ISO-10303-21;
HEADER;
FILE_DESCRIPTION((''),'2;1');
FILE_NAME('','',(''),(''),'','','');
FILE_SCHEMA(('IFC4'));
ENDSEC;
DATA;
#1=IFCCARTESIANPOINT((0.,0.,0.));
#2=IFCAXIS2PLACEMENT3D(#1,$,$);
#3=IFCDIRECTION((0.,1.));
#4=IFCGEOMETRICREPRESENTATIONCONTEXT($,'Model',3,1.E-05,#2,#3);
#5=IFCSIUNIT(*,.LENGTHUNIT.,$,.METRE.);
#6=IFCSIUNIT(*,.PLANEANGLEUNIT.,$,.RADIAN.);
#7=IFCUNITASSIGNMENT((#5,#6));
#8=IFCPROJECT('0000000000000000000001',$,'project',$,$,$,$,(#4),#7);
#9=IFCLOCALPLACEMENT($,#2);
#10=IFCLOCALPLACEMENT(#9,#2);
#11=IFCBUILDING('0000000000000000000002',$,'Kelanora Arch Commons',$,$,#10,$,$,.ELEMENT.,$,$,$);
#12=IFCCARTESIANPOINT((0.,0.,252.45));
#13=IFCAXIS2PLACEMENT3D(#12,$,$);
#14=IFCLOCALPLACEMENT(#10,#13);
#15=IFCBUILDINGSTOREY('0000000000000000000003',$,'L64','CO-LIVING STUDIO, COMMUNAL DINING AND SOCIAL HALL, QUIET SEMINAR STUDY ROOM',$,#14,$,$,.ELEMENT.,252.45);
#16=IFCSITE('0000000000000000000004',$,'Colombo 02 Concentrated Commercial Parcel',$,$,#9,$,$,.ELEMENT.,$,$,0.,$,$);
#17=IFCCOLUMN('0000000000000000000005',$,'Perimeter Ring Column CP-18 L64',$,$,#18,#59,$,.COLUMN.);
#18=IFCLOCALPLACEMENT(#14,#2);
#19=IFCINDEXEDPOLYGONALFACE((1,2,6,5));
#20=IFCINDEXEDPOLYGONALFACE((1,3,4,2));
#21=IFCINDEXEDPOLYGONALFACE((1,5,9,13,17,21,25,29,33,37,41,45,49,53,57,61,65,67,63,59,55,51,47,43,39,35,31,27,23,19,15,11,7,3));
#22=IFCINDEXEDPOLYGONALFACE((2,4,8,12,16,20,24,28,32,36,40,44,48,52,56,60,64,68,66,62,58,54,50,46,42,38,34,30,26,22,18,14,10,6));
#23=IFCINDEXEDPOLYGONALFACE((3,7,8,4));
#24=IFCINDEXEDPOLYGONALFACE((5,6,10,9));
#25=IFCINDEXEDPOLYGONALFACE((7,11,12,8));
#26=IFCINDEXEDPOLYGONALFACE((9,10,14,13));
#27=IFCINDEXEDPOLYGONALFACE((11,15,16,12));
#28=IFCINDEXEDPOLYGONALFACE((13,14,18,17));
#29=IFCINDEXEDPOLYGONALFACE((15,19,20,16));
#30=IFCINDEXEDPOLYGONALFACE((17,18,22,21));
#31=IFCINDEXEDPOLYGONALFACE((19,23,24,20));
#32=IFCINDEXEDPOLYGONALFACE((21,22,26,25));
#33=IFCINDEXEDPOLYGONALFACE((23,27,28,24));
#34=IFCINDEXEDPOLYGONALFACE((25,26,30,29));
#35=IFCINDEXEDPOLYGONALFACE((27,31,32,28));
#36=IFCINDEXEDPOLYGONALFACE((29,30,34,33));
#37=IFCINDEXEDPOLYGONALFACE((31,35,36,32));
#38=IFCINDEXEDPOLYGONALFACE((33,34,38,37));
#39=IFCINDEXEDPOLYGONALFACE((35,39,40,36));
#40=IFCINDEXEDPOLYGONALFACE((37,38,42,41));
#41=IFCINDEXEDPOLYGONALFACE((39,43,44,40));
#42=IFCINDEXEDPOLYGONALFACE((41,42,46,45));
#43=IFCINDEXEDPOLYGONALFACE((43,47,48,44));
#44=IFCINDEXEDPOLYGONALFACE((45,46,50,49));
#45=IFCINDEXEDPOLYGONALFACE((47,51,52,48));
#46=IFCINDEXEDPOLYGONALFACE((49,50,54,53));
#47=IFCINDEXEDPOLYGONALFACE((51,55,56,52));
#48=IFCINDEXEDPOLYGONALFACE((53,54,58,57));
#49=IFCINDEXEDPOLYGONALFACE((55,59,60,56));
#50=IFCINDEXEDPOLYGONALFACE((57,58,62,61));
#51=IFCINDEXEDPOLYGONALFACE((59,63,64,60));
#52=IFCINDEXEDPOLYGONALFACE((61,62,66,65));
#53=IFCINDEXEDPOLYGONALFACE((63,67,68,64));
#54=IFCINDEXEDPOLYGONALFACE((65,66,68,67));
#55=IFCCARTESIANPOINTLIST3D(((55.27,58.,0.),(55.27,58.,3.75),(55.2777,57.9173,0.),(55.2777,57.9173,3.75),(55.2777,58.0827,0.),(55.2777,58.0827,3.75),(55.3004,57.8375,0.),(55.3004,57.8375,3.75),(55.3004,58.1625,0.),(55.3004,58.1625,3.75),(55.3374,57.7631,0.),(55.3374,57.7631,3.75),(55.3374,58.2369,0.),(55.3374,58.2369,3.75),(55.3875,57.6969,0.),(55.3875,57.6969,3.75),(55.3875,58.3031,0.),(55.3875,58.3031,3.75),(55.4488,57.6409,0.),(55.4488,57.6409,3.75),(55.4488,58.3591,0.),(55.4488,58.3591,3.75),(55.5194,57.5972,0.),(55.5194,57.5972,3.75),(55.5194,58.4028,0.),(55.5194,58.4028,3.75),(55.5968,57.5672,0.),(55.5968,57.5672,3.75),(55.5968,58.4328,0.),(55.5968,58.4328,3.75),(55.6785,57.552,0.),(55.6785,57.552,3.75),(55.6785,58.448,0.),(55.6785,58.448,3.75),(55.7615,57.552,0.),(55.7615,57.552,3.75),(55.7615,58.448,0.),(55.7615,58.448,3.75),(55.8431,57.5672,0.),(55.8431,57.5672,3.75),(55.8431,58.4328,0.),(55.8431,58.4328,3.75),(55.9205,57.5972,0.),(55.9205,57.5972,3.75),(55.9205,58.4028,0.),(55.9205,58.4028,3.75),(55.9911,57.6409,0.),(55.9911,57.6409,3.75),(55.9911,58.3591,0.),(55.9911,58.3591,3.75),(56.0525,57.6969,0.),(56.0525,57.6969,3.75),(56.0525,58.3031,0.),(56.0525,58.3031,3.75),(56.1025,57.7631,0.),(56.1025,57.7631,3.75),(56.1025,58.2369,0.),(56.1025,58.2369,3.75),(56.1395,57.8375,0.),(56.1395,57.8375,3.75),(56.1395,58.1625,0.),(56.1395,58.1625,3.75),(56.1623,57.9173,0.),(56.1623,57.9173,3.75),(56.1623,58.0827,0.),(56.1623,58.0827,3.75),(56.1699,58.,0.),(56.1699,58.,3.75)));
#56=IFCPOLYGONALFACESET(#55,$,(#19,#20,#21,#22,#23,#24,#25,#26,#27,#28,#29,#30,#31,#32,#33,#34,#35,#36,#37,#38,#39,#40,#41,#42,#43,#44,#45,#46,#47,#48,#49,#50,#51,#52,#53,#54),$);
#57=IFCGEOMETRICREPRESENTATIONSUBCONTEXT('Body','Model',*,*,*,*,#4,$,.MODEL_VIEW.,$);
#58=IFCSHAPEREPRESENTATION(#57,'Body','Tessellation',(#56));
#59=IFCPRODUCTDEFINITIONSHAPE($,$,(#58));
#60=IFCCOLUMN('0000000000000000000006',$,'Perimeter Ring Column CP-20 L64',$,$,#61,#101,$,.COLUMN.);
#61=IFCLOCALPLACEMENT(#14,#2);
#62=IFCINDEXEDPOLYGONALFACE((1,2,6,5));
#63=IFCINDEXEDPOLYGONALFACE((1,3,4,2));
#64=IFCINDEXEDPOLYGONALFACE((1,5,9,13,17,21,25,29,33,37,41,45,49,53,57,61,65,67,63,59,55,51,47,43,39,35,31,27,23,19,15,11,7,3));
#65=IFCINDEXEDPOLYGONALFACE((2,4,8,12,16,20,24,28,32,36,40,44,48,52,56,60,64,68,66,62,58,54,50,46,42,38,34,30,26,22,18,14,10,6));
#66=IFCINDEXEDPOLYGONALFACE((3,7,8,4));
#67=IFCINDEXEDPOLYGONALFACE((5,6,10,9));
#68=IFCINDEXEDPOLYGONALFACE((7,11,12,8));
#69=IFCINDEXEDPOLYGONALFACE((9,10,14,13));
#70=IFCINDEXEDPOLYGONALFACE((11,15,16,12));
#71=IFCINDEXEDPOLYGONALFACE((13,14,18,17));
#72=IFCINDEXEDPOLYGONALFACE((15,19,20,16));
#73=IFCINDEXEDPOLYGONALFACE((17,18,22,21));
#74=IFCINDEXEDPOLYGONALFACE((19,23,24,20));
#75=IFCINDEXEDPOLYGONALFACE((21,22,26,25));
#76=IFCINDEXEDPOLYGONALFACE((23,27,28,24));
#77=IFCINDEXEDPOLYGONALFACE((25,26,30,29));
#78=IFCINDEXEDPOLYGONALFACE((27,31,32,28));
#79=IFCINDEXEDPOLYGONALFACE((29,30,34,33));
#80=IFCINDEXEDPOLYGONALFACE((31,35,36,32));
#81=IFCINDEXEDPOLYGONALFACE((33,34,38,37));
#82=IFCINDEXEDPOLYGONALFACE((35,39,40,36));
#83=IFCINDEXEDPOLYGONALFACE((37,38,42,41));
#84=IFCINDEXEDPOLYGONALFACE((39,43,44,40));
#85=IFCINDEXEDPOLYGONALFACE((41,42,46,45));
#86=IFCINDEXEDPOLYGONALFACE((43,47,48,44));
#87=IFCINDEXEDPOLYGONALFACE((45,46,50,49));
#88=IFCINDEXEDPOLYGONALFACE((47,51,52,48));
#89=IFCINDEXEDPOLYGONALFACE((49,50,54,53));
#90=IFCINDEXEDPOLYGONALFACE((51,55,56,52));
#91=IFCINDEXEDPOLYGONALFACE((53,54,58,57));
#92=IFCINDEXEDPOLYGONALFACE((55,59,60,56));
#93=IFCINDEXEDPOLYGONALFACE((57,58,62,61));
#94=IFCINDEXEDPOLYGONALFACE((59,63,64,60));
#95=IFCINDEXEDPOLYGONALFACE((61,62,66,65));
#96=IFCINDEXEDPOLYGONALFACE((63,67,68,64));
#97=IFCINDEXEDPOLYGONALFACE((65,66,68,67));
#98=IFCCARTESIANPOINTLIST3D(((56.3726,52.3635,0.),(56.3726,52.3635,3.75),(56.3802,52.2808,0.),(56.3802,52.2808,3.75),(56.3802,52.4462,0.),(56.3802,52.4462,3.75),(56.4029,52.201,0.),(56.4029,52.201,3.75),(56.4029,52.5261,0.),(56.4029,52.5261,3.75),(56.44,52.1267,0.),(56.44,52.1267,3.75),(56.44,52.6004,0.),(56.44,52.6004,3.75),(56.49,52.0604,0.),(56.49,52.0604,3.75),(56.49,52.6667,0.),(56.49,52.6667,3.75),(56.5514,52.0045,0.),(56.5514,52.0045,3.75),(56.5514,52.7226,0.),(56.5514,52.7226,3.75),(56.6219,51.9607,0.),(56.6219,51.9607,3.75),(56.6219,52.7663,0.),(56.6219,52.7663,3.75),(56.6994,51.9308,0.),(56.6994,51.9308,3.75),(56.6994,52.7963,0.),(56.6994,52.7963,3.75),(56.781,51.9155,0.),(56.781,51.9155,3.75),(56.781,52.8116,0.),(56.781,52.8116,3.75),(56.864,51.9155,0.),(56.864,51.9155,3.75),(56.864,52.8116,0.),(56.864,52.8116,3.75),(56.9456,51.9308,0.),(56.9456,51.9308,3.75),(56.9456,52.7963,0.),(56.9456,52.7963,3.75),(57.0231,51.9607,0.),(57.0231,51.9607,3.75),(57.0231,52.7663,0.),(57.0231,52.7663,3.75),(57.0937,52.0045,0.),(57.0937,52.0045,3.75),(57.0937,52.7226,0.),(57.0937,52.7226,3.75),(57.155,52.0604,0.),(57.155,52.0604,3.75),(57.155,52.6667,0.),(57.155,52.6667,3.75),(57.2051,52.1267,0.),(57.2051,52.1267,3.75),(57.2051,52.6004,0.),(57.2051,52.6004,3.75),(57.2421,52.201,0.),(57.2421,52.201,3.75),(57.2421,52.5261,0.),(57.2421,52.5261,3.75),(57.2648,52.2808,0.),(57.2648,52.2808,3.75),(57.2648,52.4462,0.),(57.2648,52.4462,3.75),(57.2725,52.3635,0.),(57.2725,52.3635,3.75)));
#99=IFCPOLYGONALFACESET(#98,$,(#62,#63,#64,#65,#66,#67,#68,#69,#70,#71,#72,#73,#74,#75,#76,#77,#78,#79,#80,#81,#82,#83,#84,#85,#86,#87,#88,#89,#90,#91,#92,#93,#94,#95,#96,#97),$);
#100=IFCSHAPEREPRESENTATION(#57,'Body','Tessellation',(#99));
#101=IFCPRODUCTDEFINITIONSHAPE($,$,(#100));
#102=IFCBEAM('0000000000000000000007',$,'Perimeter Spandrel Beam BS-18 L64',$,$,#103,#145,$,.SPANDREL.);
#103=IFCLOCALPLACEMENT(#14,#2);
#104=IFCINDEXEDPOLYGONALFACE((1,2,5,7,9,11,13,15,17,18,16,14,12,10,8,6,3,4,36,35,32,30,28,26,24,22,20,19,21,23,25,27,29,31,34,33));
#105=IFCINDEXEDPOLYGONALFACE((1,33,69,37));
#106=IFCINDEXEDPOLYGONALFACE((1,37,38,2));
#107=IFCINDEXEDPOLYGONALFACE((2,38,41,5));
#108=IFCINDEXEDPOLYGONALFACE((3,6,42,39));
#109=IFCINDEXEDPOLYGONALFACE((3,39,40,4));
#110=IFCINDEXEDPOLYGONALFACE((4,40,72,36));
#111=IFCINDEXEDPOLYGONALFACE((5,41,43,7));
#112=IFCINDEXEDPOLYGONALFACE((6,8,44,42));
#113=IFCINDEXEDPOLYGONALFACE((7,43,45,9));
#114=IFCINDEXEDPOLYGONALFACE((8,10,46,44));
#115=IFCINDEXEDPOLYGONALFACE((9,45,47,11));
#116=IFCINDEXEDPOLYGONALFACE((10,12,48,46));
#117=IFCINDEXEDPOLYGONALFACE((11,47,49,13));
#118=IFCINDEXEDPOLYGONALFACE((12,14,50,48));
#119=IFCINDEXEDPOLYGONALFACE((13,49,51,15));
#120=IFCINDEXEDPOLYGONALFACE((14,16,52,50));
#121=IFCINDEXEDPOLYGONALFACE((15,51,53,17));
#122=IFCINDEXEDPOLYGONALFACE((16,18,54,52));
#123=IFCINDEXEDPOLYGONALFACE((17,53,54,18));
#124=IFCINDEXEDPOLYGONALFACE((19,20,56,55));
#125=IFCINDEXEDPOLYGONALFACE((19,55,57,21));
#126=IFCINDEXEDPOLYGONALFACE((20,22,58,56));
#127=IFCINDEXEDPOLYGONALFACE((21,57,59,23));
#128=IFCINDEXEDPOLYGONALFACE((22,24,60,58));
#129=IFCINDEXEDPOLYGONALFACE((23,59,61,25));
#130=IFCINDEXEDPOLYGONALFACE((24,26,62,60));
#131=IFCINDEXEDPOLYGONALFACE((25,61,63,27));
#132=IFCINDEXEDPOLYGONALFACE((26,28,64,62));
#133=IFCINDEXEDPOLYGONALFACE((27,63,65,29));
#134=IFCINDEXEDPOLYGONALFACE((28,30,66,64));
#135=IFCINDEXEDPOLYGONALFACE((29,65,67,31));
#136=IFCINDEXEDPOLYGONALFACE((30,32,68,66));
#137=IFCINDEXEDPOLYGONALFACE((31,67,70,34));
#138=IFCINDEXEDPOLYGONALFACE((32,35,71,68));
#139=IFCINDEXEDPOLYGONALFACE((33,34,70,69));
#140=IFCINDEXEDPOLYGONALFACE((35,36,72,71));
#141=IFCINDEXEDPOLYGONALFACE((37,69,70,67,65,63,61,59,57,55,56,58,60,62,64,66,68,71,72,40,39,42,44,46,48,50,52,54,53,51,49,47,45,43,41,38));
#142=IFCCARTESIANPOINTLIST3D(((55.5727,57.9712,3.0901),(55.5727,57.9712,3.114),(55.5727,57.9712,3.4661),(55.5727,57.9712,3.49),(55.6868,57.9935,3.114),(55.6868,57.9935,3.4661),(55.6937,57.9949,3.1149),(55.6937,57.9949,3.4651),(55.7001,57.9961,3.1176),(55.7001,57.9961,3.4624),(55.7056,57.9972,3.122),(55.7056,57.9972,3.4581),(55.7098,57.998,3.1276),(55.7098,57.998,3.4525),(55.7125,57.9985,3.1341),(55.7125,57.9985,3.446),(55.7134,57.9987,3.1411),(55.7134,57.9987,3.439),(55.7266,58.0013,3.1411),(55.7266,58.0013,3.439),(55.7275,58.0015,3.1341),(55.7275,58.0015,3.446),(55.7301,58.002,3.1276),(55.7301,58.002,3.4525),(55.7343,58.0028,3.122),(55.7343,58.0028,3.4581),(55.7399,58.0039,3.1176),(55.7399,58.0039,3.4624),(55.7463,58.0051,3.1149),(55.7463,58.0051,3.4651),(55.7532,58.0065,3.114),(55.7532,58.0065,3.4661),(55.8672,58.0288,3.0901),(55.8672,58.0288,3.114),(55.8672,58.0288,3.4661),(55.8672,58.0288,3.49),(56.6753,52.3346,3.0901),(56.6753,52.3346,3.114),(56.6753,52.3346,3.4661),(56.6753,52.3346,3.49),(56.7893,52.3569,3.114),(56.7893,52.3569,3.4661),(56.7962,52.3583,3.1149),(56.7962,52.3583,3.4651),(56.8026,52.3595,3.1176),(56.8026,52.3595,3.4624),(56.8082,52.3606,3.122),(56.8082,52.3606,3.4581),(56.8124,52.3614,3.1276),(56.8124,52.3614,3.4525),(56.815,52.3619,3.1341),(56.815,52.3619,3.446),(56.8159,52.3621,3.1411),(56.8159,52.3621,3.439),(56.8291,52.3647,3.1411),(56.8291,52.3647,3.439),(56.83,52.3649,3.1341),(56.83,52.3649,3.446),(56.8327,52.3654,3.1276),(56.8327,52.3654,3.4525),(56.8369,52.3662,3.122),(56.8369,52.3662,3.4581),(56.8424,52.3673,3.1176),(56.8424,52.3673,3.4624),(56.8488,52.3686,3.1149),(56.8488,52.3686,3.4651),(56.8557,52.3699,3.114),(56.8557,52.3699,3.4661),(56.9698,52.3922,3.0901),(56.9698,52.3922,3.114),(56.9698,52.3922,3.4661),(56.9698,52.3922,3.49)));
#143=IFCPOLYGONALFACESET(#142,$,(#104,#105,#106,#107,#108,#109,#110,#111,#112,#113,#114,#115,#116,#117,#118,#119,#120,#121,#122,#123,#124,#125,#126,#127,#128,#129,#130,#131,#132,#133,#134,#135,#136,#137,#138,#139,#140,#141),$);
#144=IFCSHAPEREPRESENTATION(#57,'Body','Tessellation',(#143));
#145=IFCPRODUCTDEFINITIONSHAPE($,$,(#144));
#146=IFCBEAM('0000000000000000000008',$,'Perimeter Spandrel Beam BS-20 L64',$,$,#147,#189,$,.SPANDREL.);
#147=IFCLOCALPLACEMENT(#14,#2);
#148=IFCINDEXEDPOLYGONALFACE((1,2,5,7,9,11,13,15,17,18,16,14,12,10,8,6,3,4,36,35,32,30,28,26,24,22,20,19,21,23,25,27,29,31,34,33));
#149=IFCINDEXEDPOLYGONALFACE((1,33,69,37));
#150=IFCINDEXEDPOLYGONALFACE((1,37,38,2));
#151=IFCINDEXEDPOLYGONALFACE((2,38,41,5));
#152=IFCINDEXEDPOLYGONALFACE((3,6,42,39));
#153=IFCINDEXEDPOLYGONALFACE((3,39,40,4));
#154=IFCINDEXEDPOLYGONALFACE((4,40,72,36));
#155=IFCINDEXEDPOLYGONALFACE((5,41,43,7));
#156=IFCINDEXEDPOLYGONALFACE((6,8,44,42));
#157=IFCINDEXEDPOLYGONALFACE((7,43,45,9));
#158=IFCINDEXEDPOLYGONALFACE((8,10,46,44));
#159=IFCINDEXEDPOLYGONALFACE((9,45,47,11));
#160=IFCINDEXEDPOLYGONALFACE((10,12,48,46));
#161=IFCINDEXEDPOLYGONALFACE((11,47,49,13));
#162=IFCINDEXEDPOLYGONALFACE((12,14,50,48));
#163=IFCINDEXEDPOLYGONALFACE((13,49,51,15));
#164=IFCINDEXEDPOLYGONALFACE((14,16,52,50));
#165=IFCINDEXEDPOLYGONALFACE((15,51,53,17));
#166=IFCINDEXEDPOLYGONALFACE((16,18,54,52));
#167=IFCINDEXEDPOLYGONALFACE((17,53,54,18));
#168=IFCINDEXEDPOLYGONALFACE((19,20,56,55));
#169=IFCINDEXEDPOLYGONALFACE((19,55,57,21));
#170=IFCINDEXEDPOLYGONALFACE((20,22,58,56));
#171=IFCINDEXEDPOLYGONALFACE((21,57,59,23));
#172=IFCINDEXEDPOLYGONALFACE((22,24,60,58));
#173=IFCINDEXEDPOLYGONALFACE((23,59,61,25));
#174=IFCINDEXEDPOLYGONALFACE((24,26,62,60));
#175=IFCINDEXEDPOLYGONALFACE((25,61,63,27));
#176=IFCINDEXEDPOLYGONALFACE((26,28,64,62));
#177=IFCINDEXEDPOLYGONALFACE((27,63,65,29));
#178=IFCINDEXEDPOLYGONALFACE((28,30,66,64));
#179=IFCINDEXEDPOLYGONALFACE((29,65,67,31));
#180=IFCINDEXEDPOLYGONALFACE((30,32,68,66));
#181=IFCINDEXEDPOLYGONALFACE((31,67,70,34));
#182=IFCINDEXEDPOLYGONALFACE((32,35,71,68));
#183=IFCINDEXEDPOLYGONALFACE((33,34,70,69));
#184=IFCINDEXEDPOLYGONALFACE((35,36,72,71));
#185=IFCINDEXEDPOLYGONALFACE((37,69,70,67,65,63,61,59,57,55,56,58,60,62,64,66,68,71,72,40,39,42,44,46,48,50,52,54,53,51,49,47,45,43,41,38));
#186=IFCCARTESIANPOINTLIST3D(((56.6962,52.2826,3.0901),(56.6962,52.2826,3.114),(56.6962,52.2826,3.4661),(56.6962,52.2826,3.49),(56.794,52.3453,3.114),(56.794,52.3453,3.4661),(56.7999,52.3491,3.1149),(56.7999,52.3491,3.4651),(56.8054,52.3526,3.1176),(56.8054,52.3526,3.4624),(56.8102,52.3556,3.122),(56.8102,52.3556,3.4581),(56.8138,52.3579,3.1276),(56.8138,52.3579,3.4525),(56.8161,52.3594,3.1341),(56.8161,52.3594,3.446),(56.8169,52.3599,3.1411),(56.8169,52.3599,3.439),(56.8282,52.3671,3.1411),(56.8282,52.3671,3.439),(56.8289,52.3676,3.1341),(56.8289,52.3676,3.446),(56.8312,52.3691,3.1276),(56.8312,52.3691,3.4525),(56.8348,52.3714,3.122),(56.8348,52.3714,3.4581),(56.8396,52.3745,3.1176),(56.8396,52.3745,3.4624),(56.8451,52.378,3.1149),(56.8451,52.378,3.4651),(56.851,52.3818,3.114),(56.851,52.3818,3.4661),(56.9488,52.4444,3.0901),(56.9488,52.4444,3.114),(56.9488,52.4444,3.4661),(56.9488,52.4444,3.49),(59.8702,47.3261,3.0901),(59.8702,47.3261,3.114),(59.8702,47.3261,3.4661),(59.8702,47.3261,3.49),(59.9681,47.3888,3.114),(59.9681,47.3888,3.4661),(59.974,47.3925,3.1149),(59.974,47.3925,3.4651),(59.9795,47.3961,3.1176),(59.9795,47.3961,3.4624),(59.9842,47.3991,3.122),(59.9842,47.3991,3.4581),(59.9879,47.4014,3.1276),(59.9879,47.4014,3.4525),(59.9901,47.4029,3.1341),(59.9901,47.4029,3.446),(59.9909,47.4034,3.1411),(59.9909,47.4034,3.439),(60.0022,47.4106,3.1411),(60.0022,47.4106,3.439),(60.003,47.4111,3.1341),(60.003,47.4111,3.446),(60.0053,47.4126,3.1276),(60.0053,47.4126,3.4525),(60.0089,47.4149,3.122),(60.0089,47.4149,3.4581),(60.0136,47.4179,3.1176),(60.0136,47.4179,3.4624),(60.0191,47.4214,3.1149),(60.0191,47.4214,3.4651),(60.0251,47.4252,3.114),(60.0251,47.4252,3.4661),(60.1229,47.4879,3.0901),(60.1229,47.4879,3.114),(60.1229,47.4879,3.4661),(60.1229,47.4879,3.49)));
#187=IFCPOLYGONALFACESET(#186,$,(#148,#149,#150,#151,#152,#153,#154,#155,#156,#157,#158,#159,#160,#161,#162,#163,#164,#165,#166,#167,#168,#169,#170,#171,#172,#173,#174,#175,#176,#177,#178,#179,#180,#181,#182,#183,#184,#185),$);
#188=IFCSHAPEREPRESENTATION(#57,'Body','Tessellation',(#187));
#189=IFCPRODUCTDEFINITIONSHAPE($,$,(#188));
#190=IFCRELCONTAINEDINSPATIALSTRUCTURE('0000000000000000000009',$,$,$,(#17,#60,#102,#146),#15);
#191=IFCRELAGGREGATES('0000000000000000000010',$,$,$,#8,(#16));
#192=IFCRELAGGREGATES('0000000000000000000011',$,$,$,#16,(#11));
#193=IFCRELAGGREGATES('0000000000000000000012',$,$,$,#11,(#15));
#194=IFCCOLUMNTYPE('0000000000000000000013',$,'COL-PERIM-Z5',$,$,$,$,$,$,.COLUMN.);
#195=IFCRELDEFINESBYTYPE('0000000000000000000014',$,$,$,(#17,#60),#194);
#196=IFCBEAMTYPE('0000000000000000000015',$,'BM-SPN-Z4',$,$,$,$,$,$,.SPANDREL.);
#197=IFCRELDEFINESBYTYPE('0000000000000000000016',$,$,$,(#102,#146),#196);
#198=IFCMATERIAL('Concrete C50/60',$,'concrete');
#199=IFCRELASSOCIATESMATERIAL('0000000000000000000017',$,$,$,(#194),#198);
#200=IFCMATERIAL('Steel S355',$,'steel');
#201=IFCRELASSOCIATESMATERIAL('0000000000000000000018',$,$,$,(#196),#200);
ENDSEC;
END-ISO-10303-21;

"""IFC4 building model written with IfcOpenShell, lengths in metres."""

from ifc_helpers import new_model, si_unit, direction, frame, origin, origin_2d, place, context, subcontext, project, spatial, circle, i_section, extrude, material, material_profile, profile_set, type_object, element, save


model = new_model("IFC4")

# Units and contexts
model_context = context("Model", 3, precision=1e-05, world=origin(), true_north=direction((0.0, 1.0)))
body_context = subcontext(model_context, "Body", "Model", "MODEL_VIEW")
ifc_project = project(units=[si_unit("LENGTHUNIT", "METRE"), si_unit("PLANEANGLEUNIT", "RADIAN")], contexts=[model_context])

# Site, building, storey
site_placement = place(None, origin())
site = spatial("IfcSite", under=ifc_project, at=site_placement, Name="Colombo 02 Concentrated Commercial Parcel", CompositionType="ELEMENT", RefElevation=0.0)
building_placement = place(site_placement, origin())
building = spatial("IfcBuilding", under=site, at=building_placement, Name="Kelanora Arch Commons", CompositionType="ELEMENT")
storey_placement = place(building_placement, frame((0.0, 0.0, 252.45)))
storey = spatial("IfcBuildingStorey", under=building, at=storey_placement, Name="L64", Description="CO-LIVING STUDIO, COMMUNAL DINING AND SOCIAL HALL, QUIET SEMINAR STUDY ROOM", CompositionType="ELEMENT", Elevation=252.45)

# Columns
ifc_material_1 = material(Name="Concrete C50/60", Category="concrete")
ifc_material_profile_1 = material_profile(ifc_material_1, circle(Radius=0.45, at=origin_2d()), Name="RCC900")
ifc_profile_set_1 = profile_set([ifc_material_profile_1], Name="Concrete C50/60")
column_type = type_object("IfcColumnType", Name="COL-PERIM-Z5", PredefinedType="COLUMN", material=ifc_profile_set_1)
for number, where, z_axis, x_axis, name in (
    (1, (55.72, 58.0, 0.0), (0.0, 0.0, 1.0), (1.0, 0.0, 0.0), "Perimeter Ring Column CP-18 L64"),
    (2, (56.8225, 52.3635, 0.0), (0.0, 0.0, 1.0), (1.0, 0.0, 0.0), "Perimeter Ring Column CP-20 L64"),
):
    element("IfcColumn", number, at=place(storey_placement, frame(where, z_axis=z_axis, x_axis=x_axis)), inside=storey, type_object=column_type, Name=name, PredefinedType="COLUMN", context=body_context, shape_type="SweptSolid", body=[
        extrude(circle(Radius=0.45, at=origin_2d()), origin(), (0.0, 0.0, 1.0), 3.75),
    ])

# Beams
ifc_material_2 = material(Name="Steel S355", Category="steel")
ifc_material_profile_2 = material_profile(ifc_material_2, i_section(OverallWidth=0.3, OverallDepth=0.3999, WebThickness=0.0134, FlangeThickness=0.0239, FilletRadius=0.0271, at=origin_2d()), Name="HEB400")
ifc_profile_set_2 = profile_set([ifc_material_profile_2], Name="Steel S355")
beam_type = type_object("IfcBeamType", Name="BM-SPN-Z4", PredefinedType="SPANDREL", material=ifc_profile_set_2)
beam_1_placement = place(storey_placement, frame((55.72, 58.0, 3.29), z_axis=(0.19197, -0.981401, 0.0), x_axis=(0.981401, 0.19197, 0.0)))
element("IfcBeam", 3, at=beam_1_placement, inside=storey, type_object=beam_type, Name="Perimeter Spandrel Beam BS-18 L64", PredefinedType="SPANDREL", context=body_context, shape_type="SweptSolid", body=[
    extrude(i_section(OverallWidth=0.3, OverallDepth=0.3999, WebThickness=0.0134, FlangeThickness=0.0239, FilletRadius=0.0271, at=origin_2d()), origin(), (0.0, 0.0, 1.0), 5.7434),
])
beam_2_placement = place(storey_placement, frame((56.8225, 52.3635, 3.29), z_axis=(0.539281, -0.842126, 0.0), x_axis=(0.842126, 0.539281, 0.0)))
element("IfcBeam", 4, at=beam_2_placement, inside=storey, type_object=beam_type, Name="Perimeter Spandrel Beam BS-20 L64", PredefinedType="SPANDREL", context=body_context, shape_type="SweptSolid", body=[
    extrude(i_section(OverallWidth=0.3, OverallDepth=0.3999, WebThickness=0.0134, FlangeThickness=0.0239, FilletRadius=0.0271, at=origin_2d()), origin(), (0.0, 0.0, 1.0), 5.8857),
])

save(model, "model.ifc")
